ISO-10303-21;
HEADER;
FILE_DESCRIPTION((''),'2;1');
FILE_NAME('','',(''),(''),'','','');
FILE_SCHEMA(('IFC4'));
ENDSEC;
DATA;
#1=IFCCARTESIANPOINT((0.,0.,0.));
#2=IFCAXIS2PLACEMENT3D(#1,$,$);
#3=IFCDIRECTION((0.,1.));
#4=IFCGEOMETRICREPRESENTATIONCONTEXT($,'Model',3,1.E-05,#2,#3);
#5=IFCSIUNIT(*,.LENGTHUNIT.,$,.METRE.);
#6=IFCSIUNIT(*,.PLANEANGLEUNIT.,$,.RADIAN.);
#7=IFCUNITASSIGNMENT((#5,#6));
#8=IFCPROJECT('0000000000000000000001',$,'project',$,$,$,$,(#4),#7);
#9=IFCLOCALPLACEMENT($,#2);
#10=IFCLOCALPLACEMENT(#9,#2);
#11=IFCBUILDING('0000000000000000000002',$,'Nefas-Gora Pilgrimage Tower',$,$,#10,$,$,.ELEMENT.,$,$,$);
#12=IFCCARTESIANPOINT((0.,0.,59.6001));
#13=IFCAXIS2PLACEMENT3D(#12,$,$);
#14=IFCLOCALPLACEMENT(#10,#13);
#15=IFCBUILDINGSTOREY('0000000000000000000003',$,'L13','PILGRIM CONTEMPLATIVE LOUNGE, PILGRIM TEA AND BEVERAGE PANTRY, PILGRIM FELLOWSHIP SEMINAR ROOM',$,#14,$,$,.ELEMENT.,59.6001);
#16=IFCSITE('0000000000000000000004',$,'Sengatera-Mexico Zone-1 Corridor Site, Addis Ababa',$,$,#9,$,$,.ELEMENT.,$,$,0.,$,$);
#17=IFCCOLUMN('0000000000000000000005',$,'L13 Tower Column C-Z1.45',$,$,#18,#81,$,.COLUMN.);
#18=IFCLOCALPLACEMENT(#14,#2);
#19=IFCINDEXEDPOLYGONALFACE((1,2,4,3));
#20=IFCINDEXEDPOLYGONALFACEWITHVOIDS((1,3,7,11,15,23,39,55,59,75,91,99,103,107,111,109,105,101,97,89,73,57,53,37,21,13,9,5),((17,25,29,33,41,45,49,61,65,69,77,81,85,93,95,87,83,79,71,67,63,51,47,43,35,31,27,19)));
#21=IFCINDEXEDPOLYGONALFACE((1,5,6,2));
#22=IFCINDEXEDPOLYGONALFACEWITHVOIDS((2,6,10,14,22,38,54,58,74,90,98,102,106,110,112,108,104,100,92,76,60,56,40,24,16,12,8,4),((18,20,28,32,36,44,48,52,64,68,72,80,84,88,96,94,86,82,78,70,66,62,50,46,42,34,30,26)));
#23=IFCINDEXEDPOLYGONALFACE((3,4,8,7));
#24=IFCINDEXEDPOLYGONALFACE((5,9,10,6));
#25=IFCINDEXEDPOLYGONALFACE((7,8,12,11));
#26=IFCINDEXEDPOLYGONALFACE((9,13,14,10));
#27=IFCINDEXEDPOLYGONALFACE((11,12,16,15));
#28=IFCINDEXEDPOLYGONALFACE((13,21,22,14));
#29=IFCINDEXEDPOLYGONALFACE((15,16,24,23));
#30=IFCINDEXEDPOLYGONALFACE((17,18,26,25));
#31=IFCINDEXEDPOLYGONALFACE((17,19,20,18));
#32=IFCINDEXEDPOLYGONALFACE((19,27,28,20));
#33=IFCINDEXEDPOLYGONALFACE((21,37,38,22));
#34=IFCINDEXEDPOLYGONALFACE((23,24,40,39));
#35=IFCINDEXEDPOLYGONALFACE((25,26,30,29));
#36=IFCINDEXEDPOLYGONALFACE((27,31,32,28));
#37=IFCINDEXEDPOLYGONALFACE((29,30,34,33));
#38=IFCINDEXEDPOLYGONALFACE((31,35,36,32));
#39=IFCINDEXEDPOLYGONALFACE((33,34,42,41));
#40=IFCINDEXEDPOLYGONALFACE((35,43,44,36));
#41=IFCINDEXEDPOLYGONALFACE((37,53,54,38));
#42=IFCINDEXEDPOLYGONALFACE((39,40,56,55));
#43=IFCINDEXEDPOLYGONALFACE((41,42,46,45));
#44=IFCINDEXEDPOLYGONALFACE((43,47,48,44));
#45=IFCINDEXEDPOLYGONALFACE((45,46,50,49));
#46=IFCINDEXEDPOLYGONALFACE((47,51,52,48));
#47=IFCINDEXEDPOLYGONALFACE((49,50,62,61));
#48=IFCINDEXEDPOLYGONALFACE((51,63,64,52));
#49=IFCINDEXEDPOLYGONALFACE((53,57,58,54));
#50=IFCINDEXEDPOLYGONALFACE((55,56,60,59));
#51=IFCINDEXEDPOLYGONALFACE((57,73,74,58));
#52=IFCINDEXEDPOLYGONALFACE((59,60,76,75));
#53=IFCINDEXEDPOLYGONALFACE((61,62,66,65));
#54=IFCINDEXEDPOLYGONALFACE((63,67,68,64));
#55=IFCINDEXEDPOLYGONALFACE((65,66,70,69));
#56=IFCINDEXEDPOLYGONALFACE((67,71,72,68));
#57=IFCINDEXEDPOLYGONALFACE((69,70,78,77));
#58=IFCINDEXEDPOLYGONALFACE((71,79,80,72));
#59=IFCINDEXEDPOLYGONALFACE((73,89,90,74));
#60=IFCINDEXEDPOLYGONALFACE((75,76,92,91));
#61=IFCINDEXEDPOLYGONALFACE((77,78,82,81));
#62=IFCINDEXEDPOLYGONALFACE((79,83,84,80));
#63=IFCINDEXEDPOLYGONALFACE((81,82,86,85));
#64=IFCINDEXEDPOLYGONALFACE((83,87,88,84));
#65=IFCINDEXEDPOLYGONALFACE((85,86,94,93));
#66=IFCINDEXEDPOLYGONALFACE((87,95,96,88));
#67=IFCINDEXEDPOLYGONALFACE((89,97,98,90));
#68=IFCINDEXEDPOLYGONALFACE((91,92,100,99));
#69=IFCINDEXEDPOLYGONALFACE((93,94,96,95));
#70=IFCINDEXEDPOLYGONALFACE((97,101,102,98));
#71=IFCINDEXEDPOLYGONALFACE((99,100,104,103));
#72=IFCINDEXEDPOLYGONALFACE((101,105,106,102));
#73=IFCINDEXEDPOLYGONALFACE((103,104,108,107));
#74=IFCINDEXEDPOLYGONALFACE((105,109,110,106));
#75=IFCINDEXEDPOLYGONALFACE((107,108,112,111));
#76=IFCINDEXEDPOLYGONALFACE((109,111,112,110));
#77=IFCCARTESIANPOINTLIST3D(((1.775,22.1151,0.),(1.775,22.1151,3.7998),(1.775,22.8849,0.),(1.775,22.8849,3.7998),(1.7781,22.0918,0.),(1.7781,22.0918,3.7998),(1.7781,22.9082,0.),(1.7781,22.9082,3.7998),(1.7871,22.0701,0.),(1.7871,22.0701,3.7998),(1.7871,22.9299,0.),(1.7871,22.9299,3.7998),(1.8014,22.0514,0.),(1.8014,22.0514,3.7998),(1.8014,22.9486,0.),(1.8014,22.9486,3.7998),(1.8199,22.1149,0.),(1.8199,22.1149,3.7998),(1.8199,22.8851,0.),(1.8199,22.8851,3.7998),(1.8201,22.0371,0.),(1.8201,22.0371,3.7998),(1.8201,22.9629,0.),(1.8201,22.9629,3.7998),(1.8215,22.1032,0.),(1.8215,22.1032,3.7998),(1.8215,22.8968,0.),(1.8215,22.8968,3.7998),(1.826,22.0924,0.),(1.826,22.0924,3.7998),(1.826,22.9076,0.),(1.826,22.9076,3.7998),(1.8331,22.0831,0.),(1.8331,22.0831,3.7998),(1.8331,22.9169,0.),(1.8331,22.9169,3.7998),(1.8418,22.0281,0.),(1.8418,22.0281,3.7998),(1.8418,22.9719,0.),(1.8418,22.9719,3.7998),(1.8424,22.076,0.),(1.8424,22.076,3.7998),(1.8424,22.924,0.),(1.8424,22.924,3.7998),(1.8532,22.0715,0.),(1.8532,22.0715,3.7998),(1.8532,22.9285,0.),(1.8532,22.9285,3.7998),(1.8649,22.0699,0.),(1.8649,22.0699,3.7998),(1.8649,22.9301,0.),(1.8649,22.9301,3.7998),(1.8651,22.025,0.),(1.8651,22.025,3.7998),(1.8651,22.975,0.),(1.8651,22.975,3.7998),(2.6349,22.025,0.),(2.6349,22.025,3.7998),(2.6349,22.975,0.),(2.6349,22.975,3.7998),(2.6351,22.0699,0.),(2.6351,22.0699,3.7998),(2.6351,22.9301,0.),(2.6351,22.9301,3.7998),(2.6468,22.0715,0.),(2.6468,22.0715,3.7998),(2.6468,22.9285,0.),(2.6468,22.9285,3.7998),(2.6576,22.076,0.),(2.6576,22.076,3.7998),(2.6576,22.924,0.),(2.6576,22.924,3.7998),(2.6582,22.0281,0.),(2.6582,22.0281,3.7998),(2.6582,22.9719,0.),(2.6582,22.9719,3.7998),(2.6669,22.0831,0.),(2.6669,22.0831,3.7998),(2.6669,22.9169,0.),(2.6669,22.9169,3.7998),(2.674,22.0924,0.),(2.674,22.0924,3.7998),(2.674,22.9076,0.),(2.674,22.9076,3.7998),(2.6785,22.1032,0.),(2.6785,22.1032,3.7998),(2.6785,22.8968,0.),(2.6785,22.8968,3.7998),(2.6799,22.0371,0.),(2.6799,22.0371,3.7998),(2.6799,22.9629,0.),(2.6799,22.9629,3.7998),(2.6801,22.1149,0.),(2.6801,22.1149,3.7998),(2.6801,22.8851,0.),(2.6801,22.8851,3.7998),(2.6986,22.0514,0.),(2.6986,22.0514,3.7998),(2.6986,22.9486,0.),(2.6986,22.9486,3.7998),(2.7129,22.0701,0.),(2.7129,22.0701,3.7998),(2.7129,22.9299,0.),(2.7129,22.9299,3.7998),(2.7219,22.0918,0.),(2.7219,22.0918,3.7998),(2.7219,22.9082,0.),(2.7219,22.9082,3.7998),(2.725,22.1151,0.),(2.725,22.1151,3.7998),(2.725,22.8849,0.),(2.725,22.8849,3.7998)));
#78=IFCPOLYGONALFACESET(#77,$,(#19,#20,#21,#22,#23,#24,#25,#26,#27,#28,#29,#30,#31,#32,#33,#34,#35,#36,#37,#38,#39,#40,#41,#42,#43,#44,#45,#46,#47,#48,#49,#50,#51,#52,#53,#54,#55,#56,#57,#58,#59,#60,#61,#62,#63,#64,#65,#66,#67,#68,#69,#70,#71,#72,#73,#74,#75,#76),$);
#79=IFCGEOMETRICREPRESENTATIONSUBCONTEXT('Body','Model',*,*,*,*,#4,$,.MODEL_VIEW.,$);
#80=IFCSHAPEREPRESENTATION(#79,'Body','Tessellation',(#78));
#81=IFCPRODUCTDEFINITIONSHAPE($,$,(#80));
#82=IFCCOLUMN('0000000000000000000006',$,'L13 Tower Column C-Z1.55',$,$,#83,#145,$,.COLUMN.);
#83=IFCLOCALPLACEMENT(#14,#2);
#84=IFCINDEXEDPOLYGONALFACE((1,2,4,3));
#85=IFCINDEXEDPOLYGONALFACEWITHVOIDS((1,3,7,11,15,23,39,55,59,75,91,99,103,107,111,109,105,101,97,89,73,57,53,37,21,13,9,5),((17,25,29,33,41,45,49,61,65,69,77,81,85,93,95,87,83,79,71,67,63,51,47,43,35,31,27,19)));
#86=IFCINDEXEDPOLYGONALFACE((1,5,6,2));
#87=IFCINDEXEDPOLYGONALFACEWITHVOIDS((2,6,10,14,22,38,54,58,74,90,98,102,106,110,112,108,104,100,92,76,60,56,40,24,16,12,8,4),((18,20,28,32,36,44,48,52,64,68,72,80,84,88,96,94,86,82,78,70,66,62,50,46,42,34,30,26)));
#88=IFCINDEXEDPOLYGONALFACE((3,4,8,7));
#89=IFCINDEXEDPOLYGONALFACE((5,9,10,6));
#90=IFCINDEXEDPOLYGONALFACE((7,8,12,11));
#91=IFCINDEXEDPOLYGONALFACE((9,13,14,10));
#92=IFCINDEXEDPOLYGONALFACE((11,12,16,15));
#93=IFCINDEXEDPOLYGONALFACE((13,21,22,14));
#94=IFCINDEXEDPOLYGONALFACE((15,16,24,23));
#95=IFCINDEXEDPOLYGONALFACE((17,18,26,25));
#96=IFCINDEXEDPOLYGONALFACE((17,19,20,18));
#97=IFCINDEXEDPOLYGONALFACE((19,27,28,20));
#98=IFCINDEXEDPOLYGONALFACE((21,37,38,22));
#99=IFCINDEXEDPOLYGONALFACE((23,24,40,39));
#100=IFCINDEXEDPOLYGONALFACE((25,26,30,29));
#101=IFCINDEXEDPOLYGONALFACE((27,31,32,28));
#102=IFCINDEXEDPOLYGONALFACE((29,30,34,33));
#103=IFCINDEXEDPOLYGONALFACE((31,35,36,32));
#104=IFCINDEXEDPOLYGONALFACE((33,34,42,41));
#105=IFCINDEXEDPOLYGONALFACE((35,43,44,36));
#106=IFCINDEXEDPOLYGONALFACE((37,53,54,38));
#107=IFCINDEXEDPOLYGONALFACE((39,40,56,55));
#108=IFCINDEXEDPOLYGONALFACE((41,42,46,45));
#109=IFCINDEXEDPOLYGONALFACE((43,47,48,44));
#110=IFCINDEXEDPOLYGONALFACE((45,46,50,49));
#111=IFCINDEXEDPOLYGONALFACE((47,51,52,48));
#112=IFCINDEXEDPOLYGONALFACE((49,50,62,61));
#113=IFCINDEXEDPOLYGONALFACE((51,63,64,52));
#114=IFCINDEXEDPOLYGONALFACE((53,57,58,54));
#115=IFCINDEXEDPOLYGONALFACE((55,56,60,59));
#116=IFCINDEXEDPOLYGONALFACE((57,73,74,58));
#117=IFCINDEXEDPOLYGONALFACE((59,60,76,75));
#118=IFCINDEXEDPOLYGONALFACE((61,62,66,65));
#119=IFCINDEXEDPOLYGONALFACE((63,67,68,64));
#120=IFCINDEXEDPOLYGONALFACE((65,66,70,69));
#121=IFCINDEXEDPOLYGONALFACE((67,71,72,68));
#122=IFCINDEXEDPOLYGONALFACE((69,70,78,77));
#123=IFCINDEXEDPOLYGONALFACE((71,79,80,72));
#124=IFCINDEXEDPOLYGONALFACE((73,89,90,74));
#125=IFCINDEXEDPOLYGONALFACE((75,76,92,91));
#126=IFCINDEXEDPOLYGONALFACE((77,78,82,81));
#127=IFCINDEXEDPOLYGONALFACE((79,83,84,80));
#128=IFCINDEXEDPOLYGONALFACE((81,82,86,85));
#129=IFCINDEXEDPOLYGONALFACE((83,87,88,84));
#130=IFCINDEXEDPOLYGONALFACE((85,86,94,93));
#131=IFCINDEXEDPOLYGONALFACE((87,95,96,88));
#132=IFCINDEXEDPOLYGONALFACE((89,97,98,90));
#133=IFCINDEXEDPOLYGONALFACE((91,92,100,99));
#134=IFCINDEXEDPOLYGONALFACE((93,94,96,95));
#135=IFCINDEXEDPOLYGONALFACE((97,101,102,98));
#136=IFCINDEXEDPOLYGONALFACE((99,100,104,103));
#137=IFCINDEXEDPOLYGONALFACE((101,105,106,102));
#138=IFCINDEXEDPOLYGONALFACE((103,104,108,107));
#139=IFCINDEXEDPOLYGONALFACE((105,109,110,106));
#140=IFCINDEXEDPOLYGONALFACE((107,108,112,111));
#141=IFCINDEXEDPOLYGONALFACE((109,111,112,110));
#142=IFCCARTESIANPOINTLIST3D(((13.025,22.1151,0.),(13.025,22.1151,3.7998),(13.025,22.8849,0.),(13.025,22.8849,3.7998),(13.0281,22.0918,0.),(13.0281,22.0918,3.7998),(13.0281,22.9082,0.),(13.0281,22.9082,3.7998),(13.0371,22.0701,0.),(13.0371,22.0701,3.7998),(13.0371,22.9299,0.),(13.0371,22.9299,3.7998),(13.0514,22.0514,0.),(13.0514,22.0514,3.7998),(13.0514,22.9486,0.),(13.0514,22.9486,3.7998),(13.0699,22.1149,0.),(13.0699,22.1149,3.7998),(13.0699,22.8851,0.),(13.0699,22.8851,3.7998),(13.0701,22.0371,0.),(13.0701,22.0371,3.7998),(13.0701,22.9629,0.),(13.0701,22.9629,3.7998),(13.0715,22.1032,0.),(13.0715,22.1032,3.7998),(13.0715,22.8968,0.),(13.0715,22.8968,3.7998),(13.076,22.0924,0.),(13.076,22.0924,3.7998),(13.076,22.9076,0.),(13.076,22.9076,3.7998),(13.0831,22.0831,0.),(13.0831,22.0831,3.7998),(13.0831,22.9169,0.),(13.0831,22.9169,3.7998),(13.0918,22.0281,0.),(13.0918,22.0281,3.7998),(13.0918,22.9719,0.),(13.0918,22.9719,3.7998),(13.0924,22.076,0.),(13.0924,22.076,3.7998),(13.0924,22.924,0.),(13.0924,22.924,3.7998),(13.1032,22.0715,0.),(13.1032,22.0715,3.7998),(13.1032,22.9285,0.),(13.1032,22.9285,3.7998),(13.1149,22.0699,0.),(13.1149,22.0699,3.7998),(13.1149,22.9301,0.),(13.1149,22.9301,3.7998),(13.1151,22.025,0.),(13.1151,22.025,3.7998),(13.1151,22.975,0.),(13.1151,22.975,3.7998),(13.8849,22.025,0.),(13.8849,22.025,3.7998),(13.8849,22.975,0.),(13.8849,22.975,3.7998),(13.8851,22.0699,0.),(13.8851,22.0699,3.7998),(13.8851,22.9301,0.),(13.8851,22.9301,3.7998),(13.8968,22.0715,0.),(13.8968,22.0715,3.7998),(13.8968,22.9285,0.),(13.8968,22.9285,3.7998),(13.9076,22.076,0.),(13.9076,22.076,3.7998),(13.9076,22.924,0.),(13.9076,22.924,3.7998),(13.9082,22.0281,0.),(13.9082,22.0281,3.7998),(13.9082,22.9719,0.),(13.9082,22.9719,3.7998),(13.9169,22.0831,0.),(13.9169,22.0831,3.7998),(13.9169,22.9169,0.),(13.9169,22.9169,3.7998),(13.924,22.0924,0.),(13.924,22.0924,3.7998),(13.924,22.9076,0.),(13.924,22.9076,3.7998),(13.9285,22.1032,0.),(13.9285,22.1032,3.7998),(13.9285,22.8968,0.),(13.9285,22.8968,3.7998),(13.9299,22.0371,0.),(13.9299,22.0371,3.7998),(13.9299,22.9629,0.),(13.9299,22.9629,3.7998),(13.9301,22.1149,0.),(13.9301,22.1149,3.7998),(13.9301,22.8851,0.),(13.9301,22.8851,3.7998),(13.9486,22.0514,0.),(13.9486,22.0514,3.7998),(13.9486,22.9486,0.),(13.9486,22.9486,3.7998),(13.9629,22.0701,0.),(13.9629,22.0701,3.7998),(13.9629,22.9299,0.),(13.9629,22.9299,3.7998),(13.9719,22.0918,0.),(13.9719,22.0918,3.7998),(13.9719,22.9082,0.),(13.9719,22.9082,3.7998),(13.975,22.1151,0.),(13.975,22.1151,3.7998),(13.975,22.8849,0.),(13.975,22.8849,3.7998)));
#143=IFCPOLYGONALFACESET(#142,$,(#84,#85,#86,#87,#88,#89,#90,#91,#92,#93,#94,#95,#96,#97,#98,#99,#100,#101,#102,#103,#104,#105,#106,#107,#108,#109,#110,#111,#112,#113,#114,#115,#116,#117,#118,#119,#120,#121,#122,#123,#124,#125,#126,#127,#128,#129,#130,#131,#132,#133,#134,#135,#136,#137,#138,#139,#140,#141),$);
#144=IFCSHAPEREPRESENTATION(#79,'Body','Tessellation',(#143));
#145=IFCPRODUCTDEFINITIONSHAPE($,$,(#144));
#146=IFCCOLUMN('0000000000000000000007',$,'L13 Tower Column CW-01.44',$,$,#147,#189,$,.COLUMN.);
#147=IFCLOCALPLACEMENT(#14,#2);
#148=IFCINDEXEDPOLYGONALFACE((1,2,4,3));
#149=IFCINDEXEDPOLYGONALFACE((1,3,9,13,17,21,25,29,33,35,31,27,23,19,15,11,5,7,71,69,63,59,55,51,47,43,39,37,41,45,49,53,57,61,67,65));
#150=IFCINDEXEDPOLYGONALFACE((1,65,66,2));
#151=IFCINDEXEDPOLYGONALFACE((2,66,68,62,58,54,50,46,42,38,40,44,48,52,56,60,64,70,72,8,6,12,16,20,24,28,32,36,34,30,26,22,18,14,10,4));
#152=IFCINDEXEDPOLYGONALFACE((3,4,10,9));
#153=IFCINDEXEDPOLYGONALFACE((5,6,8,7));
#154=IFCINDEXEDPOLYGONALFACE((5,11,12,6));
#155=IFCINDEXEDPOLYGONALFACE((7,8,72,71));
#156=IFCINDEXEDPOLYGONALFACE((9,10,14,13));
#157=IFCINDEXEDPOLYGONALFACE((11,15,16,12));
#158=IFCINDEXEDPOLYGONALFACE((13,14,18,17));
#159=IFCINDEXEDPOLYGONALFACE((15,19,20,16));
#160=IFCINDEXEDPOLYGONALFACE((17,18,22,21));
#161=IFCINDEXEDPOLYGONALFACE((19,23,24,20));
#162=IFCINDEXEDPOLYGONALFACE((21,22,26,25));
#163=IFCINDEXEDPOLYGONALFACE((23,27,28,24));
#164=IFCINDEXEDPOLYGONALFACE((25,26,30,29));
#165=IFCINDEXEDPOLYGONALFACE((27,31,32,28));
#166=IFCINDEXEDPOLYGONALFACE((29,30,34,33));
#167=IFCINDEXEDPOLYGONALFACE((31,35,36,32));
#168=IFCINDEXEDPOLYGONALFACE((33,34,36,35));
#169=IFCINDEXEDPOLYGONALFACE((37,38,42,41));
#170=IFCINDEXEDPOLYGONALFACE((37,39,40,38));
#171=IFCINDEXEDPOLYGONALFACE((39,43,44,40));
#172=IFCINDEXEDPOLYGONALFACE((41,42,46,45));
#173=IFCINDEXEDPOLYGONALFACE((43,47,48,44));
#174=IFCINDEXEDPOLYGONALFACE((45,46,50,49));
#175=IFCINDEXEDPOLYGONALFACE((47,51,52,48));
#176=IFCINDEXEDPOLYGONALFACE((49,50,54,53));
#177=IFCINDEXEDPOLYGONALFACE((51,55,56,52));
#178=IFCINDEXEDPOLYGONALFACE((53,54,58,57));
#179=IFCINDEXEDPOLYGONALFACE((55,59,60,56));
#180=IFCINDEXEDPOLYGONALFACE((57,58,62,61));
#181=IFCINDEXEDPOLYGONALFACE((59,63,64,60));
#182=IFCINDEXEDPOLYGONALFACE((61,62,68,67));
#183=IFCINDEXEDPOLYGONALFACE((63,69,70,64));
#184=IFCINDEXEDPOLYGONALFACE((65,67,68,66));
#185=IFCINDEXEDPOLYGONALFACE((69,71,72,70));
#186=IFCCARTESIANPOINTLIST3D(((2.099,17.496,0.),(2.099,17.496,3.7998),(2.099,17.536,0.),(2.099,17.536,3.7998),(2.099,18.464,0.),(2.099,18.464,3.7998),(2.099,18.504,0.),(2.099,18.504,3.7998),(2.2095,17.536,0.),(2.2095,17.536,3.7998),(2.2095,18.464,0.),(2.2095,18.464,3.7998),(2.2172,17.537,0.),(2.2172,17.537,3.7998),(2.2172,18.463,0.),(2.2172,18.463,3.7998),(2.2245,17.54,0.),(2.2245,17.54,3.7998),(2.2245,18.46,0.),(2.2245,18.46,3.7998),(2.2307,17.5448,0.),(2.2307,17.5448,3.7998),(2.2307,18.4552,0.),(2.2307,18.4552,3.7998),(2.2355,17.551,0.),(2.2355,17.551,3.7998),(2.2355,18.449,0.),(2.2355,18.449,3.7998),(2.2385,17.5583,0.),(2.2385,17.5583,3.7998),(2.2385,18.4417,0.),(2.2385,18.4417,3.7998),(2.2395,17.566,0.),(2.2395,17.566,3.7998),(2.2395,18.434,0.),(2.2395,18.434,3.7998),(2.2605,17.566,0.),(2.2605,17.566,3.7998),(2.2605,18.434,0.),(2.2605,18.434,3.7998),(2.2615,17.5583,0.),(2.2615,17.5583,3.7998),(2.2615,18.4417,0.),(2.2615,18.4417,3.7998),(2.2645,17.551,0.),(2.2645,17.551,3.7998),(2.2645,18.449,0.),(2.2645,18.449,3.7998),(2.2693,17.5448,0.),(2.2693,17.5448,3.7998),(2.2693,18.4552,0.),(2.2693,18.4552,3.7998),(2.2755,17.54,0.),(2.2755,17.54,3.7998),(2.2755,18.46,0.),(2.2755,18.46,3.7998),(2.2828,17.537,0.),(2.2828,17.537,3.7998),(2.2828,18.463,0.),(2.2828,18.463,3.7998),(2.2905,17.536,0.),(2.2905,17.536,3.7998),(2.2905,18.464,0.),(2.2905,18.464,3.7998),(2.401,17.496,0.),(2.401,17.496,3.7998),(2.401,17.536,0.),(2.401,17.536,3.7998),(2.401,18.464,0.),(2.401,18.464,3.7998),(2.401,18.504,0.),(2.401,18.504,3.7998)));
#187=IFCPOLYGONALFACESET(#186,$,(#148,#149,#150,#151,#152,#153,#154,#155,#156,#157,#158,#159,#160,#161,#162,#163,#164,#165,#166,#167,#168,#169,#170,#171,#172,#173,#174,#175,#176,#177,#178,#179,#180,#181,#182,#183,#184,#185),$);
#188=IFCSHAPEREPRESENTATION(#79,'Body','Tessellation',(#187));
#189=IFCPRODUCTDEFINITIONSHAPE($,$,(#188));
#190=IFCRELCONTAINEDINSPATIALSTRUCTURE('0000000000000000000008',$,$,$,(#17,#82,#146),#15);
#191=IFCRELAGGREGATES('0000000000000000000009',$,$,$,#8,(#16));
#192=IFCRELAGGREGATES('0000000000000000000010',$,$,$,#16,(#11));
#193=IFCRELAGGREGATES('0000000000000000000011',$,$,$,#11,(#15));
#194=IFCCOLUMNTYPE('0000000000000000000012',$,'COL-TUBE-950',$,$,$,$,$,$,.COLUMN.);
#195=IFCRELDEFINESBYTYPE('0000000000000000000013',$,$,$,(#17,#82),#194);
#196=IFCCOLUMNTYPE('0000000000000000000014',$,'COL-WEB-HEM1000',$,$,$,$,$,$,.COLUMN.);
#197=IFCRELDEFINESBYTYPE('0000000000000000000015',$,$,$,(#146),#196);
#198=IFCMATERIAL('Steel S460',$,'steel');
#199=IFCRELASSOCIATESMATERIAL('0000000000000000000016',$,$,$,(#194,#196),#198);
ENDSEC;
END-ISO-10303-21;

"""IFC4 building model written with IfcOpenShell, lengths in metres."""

from ifc_helpers import new_model, si_unit, direction, frame, origin, origin_2d, place, context, subcontext, project, spatial, hollow_rectangle, i_section, extrude, source, transform, mapped, material, material_profile, profile_set, type_object, element, save


model = new_model("IFC4")

# Units and contexts
model_context = context("Model", 3, precision=1e-05, world=origin(), true_north=direction((0.0, 1.0)))
body_context = subcontext(model_context, "Body", "Model", "MODEL_VIEW")
ifc_project = project(units=[si_unit("LENGTHUNIT", "METRE"), si_unit("PLANEANGLEUNIT", "RADIAN")], contexts=[model_context])

# Site, building, storey
site_placement = place(None, origin())
site = spatial("IfcSite", under=ifc_project, at=site_placement, Name="Sengatera-Mexico Zone-1 Corridor Site, Addis Ababa", CompositionType="ELEMENT", RefElevation=0.0)
building_placement = place(site_placement, origin())
building = spatial("IfcBuilding", under=site, at=building_placement, Name="Nefas-Gora Pilgrimage Tower", CompositionType="ELEMENT")
storey_placement = place(building_placement, frame((0.0, 0.0, 59.6001)))
storey = spatial("IfcBuildingStorey", under=building, at=storey_placement, Name="L13", Description="PILGRIM CONTEMPLATIVE LOUNGE, PILGRIM TEA AND BEVERAGE PANTRY, PILGRIM FELLOWSHIP SEMINAR ROOM", CompositionType="ELEMENT", Elevation=59.6001)

# Columns
ifc_material_1 = material(Name="Steel S460", Category="steel")
ifc_material_profile_1 = material_profile(ifc_material_1, hollow_rectangle(XDim=0.95, YDim=0.95, WallThickness=0.0449, InnerFilletRadius=0.0449, OuterFilletRadius=0.0901, at=origin_2d()), Name="BOX 950x950x45")
ifc_profile_set_1 = profile_set([ifc_material_profile_1], Name="Steel S460")
column_type_1 = type_object("IfcColumnType", Name="COL-TUBE-950", PredefinedType="COLUMN", material=ifc_profile_set_1)
shared_shape_1 = source(origin(), body_context, "Body", "SweptSolid", [
    extrude(hollow_rectangle(XDim=0.95, YDim=0.95, WallThickness=0.0449, InnerFilletRadius=0.0449, OuterFilletRadius=0.0901, at=origin_2d()), origin(), (0.0, 0.0, 1.0), 3.7998),
])
for number, where, z_axis, x_axis, name in (
    (1, (2.25, 22.5, 0.0), (0.0, 0.0, 1.0), (1.0, 0.0, 0.0), "L13 Tower Column C-Z1.45"),
    (2, (13.5, 22.5, 0.0), (0.0, 0.0, 1.0), (1.0, 0.0, 0.0), "L13 Tower Column C-Z1.55"),
):
    element("IfcColumn", number, at=place(storey_placement, frame(where, z_axis=z_axis, x_axis=x_axis)), inside=storey, type_object=column_type_1, Name=name, PredefinedType="COLUMN", context=body_context, shape_type="MappedRepresentation", body=[
        mapped(shared_shape_1, transform((0.0, 0.0, 0.0), x_axis=(1.0, 0.0, 0.0), y_axis=(0.0, 1.0, 0.0), z_axis=(0.0, 0.0, 1.0), scale=1.0)),
    ])
ifc_material_profile_2 = material_profile(ifc_material_1, i_section(OverallWidth=0.302, OverallDepth=1.0081, WebThickness=0.021, FlangeThickness=0.04, FilletRadius=0.03, at=origin_2d()), Name="HEM 1000")
ifc_profile_set_2 = profile_set([ifc_material_profile_2], Name="Steel S460")
column_type_2 = type_object("IfcColumnType", Name="COL-WEB-HEM1000", PredefinedType="COLUMN", material=ifc_profile_set_2)
shared_shape_2 = source(origin(), body_context, "Body", "SweptSolid", [
    extrude(i_section(OverallWidth=0.302, OverallDepth=1.0081, WebThickness=0.021, FlangeThickness=0.04, FilletRadius=0.03, at=origin_2d()), origin(), (0.0, 0.0, 1.0), 3.7998),
])
for number, where, z_axis, x_axis, name in (
    (3, (2.25, 18.0, 0.0), (0.0, 0.0, 1.0), (1.0, 0.0, 0.0), "L13 Tower Column CW-01.44"),
):
    element("IfcColumn", number, at=place(storey_placement, frame(where, z_axis=z_axis, x_axis=x_axis)), inside=storey, type_object=column_type_2, Name=name, PredefinedType="COLUMN", context=body_context, shape_type="MappedRepresentation", body=[
        mapped(shared_shape_2, transform((0.0, 0.0, 0.0), x_axis=(1.0, 0.0, 0.0), y_axis=(0.0, 1.0, 0.0), z_axis=(0.0, 0.0, 1.0), scale=1.0)),
    ])

save(model, "model.ifc")
